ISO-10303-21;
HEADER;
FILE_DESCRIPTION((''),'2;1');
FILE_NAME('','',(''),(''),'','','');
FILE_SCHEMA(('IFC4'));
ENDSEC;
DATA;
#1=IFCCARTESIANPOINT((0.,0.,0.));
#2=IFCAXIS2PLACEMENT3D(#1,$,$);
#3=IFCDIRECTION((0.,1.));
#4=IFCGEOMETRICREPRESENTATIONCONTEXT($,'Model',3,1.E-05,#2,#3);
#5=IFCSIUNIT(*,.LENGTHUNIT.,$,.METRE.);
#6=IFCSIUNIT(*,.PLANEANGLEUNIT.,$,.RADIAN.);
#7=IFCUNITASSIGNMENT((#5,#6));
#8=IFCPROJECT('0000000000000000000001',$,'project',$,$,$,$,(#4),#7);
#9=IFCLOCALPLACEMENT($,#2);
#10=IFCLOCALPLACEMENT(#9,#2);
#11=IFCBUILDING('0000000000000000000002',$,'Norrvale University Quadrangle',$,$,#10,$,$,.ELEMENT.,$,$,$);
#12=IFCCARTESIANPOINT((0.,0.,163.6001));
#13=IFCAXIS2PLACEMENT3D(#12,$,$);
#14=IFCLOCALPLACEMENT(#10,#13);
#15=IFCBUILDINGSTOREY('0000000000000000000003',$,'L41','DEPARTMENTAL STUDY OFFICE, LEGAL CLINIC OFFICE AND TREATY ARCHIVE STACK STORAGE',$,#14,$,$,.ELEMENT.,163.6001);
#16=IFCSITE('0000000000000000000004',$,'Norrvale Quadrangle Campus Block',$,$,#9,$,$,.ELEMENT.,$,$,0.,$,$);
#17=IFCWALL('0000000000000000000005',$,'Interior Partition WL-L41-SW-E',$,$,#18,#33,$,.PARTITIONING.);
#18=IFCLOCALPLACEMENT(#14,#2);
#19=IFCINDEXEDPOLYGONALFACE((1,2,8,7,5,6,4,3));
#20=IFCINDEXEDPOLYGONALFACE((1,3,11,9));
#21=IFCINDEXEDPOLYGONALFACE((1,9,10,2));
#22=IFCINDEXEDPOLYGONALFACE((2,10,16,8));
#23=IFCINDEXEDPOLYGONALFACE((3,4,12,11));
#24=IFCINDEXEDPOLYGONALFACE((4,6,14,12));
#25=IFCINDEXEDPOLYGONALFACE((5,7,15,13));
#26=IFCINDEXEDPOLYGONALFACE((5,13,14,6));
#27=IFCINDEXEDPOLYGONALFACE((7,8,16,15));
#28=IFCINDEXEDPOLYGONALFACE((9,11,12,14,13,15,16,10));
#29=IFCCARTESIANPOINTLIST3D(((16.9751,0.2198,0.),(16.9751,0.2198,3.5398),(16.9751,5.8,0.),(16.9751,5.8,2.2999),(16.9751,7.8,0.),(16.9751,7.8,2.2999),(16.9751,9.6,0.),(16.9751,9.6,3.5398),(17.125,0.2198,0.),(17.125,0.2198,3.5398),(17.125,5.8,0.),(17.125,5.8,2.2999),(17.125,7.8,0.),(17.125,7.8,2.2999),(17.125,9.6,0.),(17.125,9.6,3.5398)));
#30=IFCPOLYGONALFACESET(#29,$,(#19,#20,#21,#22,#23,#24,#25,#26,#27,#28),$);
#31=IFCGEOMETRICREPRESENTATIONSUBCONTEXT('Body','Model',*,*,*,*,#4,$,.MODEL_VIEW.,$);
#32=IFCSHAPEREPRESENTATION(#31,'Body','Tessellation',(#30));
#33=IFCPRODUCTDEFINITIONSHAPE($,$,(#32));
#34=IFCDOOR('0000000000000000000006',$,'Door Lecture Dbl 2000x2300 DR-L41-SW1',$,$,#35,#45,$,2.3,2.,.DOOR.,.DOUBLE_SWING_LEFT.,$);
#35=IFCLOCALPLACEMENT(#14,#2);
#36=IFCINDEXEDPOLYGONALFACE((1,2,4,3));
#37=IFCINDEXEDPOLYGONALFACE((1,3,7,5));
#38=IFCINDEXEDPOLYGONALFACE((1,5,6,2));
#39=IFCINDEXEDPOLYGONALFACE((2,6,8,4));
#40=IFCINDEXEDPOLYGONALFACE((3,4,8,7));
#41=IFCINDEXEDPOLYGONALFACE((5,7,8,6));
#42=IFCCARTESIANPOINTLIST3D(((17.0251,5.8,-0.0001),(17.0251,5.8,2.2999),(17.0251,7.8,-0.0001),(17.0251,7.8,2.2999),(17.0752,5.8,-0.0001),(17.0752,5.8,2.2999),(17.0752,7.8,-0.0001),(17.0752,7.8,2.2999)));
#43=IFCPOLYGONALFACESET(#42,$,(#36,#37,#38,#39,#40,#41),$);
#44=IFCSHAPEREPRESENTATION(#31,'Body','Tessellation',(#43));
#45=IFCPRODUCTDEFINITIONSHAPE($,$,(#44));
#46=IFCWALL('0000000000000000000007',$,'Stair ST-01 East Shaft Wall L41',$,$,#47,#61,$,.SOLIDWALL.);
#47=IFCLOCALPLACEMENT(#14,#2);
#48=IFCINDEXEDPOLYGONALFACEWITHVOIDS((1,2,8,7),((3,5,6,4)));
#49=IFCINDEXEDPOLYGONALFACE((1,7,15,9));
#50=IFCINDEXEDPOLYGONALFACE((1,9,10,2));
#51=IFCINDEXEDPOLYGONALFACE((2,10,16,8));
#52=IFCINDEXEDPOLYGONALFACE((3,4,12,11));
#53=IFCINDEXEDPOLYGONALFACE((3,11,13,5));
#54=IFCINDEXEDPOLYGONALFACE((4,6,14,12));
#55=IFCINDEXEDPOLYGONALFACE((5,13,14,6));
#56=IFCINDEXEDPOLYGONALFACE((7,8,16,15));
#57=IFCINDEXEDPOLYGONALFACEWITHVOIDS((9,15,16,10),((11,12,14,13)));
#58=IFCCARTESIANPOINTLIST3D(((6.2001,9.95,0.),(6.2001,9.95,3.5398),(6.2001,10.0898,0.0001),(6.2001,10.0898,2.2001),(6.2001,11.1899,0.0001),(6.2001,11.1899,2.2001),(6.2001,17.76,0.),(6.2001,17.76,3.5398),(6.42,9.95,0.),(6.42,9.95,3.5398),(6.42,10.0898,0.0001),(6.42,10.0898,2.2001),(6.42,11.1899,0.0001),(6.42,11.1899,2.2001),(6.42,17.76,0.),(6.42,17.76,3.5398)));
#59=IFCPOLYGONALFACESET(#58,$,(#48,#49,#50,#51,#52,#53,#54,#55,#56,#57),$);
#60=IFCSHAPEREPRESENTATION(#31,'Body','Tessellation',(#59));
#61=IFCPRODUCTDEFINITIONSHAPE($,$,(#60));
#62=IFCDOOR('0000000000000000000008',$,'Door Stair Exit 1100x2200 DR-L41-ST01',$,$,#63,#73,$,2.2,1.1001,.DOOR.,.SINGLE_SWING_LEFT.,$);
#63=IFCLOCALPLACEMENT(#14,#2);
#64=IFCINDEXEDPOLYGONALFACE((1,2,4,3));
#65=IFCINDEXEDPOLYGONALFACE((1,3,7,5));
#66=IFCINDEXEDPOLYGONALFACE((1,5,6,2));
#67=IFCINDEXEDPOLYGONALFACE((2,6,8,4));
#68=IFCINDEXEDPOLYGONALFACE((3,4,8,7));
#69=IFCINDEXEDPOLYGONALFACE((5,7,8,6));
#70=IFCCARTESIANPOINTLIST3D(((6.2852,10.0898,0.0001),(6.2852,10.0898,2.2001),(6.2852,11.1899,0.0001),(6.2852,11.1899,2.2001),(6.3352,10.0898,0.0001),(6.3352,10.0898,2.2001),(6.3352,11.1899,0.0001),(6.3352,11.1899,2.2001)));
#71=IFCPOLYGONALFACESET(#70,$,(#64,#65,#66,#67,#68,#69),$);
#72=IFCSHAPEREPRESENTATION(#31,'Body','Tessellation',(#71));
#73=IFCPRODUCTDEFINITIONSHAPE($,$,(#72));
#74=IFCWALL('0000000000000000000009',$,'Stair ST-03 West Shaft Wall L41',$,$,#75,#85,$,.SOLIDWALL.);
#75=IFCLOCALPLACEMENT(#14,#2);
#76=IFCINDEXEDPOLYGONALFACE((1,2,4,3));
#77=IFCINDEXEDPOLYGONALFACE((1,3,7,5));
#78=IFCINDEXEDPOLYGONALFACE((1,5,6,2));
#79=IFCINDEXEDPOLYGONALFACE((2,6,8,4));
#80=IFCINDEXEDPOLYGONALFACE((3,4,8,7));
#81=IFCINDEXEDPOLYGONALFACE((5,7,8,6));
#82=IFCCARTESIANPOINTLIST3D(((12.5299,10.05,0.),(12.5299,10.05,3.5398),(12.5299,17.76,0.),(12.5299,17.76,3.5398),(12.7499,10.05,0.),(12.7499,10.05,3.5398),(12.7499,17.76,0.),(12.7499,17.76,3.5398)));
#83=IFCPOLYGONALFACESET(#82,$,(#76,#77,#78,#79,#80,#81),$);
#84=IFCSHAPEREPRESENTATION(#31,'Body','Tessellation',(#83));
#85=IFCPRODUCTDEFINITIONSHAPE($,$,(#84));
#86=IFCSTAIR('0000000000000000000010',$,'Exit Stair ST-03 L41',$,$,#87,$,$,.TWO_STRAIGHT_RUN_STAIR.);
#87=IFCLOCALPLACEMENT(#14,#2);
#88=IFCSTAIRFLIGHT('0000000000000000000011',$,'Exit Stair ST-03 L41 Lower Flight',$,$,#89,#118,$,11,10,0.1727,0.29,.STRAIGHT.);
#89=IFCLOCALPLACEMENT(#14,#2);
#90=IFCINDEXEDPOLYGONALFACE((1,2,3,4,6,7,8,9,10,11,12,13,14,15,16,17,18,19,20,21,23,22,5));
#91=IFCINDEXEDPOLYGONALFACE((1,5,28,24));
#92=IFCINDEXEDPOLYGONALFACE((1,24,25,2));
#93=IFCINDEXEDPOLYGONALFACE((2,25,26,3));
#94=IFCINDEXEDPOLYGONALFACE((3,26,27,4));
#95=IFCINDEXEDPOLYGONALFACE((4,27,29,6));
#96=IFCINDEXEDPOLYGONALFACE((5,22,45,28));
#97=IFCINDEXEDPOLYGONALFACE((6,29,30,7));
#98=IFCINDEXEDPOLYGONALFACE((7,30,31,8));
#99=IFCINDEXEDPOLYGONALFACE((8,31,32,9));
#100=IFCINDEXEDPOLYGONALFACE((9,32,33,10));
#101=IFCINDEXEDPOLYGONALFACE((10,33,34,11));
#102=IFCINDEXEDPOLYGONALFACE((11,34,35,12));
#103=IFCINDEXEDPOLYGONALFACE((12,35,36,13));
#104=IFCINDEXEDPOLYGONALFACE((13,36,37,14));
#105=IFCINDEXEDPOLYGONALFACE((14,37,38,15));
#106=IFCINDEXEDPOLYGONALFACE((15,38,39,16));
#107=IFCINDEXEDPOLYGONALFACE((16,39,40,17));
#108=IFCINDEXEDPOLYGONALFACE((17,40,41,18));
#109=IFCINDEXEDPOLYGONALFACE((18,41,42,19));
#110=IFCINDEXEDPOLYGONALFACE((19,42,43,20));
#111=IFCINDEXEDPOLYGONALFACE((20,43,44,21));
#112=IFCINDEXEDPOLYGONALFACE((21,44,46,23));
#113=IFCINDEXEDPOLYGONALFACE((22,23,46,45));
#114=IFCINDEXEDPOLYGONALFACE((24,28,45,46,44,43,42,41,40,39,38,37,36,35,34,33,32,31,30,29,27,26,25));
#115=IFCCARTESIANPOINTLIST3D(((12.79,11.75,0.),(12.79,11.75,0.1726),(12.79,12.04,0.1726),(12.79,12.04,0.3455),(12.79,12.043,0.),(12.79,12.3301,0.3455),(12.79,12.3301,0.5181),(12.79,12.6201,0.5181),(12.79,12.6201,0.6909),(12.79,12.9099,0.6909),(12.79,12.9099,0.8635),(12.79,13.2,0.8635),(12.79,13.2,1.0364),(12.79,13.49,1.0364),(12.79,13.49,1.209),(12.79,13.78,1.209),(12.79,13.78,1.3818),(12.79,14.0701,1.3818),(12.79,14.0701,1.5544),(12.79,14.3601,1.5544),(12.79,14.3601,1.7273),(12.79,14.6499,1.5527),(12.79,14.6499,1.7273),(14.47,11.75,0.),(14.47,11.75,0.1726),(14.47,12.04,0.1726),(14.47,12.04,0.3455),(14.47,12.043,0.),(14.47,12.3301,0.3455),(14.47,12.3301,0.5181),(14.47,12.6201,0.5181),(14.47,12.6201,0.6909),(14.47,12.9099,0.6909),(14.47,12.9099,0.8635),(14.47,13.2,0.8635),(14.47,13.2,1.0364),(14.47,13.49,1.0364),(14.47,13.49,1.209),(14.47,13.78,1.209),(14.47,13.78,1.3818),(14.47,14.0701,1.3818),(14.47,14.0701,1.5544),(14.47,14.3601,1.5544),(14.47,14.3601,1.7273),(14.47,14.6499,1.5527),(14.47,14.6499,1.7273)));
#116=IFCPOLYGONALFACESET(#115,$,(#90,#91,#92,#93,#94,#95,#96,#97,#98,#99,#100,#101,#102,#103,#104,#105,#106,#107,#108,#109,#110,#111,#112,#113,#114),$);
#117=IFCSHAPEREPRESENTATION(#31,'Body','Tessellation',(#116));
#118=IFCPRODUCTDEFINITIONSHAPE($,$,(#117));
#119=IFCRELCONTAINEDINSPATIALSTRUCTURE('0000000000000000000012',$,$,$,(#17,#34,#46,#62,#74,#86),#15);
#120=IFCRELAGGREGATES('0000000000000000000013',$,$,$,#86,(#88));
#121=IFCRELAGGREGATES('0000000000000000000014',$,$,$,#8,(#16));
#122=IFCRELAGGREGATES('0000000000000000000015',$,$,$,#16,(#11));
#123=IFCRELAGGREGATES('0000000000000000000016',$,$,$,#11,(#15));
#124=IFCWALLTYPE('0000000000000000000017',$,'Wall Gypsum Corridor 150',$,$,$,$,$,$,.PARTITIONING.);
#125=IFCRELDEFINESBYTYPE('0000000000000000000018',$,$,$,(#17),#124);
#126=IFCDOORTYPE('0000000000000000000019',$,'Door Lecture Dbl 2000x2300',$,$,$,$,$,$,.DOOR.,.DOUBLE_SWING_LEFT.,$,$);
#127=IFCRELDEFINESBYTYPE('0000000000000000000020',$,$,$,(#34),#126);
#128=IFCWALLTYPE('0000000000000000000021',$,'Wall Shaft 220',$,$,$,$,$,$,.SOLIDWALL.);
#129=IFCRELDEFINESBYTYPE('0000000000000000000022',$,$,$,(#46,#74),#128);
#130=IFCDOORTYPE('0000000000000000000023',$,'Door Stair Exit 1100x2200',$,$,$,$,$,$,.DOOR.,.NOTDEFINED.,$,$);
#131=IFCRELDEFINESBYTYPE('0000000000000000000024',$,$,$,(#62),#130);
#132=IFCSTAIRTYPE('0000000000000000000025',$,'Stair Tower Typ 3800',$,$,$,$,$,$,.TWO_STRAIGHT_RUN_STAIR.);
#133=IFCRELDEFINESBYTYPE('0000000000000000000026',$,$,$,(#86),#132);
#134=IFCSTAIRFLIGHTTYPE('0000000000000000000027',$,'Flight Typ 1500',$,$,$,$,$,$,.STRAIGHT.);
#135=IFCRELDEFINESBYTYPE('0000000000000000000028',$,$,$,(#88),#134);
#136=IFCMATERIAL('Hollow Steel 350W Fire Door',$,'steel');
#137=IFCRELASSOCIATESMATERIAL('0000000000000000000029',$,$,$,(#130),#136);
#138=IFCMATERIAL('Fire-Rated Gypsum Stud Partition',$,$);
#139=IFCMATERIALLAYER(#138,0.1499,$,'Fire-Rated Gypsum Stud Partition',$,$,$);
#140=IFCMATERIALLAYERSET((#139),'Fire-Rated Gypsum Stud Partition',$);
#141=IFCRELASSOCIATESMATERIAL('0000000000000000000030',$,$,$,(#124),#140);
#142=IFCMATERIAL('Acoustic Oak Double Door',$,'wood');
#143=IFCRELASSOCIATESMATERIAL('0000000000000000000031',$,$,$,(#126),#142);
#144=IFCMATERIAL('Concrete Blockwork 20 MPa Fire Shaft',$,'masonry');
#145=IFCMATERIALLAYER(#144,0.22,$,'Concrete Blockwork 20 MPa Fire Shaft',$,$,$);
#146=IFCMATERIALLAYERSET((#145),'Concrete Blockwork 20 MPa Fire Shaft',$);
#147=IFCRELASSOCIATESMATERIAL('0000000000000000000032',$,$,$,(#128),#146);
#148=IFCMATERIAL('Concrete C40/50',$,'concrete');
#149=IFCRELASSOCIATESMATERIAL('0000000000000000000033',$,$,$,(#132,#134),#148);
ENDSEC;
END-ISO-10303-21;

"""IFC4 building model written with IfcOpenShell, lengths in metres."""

from ifc_helpers import new_model, si_unit, direction, frame, frame_2d, origin, place, context, subcontext, project, spatial, polyline, rectangle, outline, extrude, material, layer, layer_set, type_object, element, fill, aggregate, save


model = new_model("IFC4")

# Units and contexts
model_context = context("Model", 3, precision=1e-05, world=origin(), true_north=direction((0.0, 1.0)))
body_context = subcontext(model_context, "Body", "Model", "MODEL_VIEW")
ifc_project = project(units=[si_unit("LENGTHUNIT", "METRE"), si_unit("PLANEANGLEUNIT", "RADIAN")], contexts=[model_context])

# Site, building, storey
site_placement = place(None, origin())
site = spatial("IfcSite", under=ifc_project, at=site_placement, Name="Norrvale Quadrangle Campus Block", CompositionType="ELEMENT", RefElevation=0.0)
building_placement = place(site_placement, origin())
building = spatial("IfcBuilding", under=site, at=building_placement, Name="Norrvale University Quadrangle", CompositionType="ELEMENT")
storey_placement = place(building_placement, frame((0.0, 0.0, 163.6001)))
storey = spatial("IfcBuildingStorey", under=building, at=storey_placement, Name="L41", Description="DEPARTMENTAL STUDY OFFICE, LEGAL CLINIC OFFICE AND TREATY ARCHIVE STACK STORAGE", CompositionType="ELEMENT", Elevation=163.6001)

# Shared definitions
ifc_material_1 = material(Name="Hollow Steel 350W Fire Door", Category="steel")
door_type_1 = type_object("IfcDoorType", Name="Door Stair Exit 1100x2200", OperationType="NOTDEFINED", PredefinedType="DOOR", material=ifc_material_1)

# Shared definitions
ifc_material_2 = material(Name="Fire-Rated Gypsum Stud Partition")
ifc_layer_1 = layer(ifc_material_2, 0.1499, Name="Fire-Rated Gypsum Stud Partition")
ifc_layer_set_1 = layer_set([ifc_layer_1], Name="Fire-Rated Gypsum Stud Partition")
wall_type_1 = type_object("IfcWallType", Name="Wall Gypsum Corridor 150", PredefinedType="PARTITIONING", material=ifc_layer_set_1)

# Walls, openings, doors
wall_1_placement = place(storey_placement, frame((17.05, 0.22, 0.0), z_axis=(0.0, 0.0, 1.0), x_axis=(0.0, 1.0, 0.0)))
wall_1 = element("IfcWall", 1, at=wall_1_placement, inside=storey, type_object=wall_type_1, Name="Interior Partition WL-L41-SW-E", PredefinedType="PARTITIONING", context=body_context, shape_type="SweptSolid", body=[
    extrude(rectangle(XDim=9.3801, YDim=0.1499, at=frame_2d((4.6899, 0.0))), origin(), (0.0, 0.0, 1.0), 3.5398),
])
opening_1_placement = place(wall_1_placement, frame((5.5801, 0.0, 0.0)))
opening_1 = element("IfcOpeningElement", 2, at=opening_1_placement, cuts=wall_1, PredefinedType="OPENING", context=body_context, shape_type="SweptSolid", body=[
    extrude(rectangle(XDim=2.0, YDim=2.3, at=frame_2d((1.0, 1.1499))), frame((0.0, 0.0869, 0.0), z_axis=(0.0, -1.0, 0.0), x_axis=(1.0, 0.0, 0.0)), (0.0, 0.0, 1.0), 0.1738),
])
ifc_material_3 = material(Name="Acoustic Oak Double Door", Category="wood")
door_type_2 = type_object("IfcDoorType", Name="Door Lecture Dbl 2000x2300", OperationType="DOUBLE_SWING_LEFT", PredefinedType="DOOR", material=ifc_material_3)
door_1_placement = place(opening_1_placement, origin())
door_1 = element("IfcDoor", 3, at=door_1_placement, inside=storey, type_object=door_type_2, Name="Door Lecture Dbl 2000x2300 DR-L41-SW1", OperationType="DOUBLE_SWING_LEFT", OverallHeight=2.3, OverallWidth=2.0, PredefinedType="DOOR", context=body_context, shape_type="SweptSolid", body=[
    extrude(rectangle(XDim=2.0, YDim=2.3, at=frame_2d((1.0, 1.1499))), frame((0.0, 0.0249, 0.0), z_axis=(0.0, -1.0, 0.0), x_axis=(1.0, 0.0, 0.0)), (0.0, 0.0, 1.0), 0.05),
])
fill(opening_1, door_1)
ifc_material_4 = material(Name="Concrete Blockwork 20 MPa Fire Shaft", Category="masonry")
ifc_layer_2 = layer(ifc_material_4, 0.22, Name="Concrete Blockwork 20 MPa Fire Shaft")
ifc_layer_set_2 = layer_set([ifc_layer_2], Name="Concrete Blockwork 20 MPa Fire Shaft")
wall_type_2 = type_object("IfcWallType", Name="Wall Shaft 220", PredefinedType="SOLIDWALL", material=ifc_layer_set_2)
wall_2_placement = place(storey_placement, frame((6.3101, 9.95, 0.0), z_axis=(0.0, 0.0, 1.0), x_axis=(0.0, 1.0, 0.0)))
wall_2 = element("IfcWall", 4, at=wall_2_placement, inside=storey, type_object=wall_type_2, Name="Stair ST-01 East Shaft Wall L41", PredefinedType="SOLIDWALL", context=body_context, shape_type="SweptSolid", body=[
    extrude(rectangle(XDim=7.8101, YDim=0.22, at=frame_2d((3.905, 0.0))), origin(), (0.0, 0.0, 1.0), 3.5398),
])
opening_2_placement = place(wall_2_placement, frame((0.1399, 0.0, 0.0)))
opening_2 = element("IfcOpeningElement", 5, at=opening_2_placement, cuts=wall_2, PredefinedType="OPENING", context=body_context, shape_type="SweptSolid", body=[
    extrude(rectangle(XDim=1.1001, YDim=2.2, at=frame_2d((0.55, 1.1001))), frame((0.0, 0.1221, 0.0), z_axis=(0.0, -1.0, 0.0), x_axis=(1.0, 0.0, 0.0)), (0.0, 0.0, 1.0), 0.2439),
])
door_2_placement = place(opening_2_placement, origin())
door_2 = element("IfcDoor", 6, at=door_2_placement, inside=storey, type_object=door_type_1, Name="Door Stair Exit 1100x2200 DR-L41-ST01", OperationType="SINGLE_SWING_LEFT", OverallHeight=2.2, OverallWidth=1.1001, PredefinedType="DOOR", context=body_context, shape_type="SweptSolid", body=[
    extrude(rectangle(XDim=1.1001, YDim=2.2, at=frame_2d((0.55, 1.1001))), frame((0.0, 0.0249, 0.0), z_axis=(0.0, -1.0, 0.0), x_axis=(1.0, 0.0, 0.0)), (0.0, 0.0, 1.0), 0.05),
])
fill(opening_2, door_2)

# Wall
wall_3_placement = place(storey_placement, frame((12.6399, 10.05, 0.0), z_axis=(0.0, 0.0, 1.0), x_axis=(0.0, 1.0, 0.0)))
element("IfcWall", 7, at=wall_3_placement, inside=storey, type_object=wall_type_2, Name="Stair ST-03 West Shaft Wall L41", PredefinedType="SOLIDWALL", context=body_context, shape_type="SweptSolid", body=[
    extrude(rectangle(XDim=7.71, YDim=0.22, at=frame_2d((3.855, 0.0))), origin(), (0.0, 0.0, 1.0), 3.5398),
])

# Stair, stair flight
ifc_material_5 = material(Name="Concrete C40/50", Category="concrete")
stair_type = type_object("IfcStairType", Name="Stair Tower Typ 3800", PredefinedType="TWO_STRAIGHT_RUN_STAIR", material=ifc_material_5)
stair_placement = place(storey_placement, origin())
stair = element("IfcStair", 8, at=stair_placement, inside=storey, type_object=stair_type, Name="Exit Stair ST-03 L41", PredefinedType="TWO_STRAIGHT_RUN_STAIR")
stair_flight_type = type_object("IfcStairFlightType", Name="Flight Typ 1500", PredefinedType="STRAIGHT", material=ifc_material_5)
stair_flight_placement = place(storey_placement, frame((13.6299, 11.75, 0.0), z_axis=(0.0, 0.0, 1.0), x_axis=(0.0, 1.0, 0.0)))
stair_flight = element("IfcStairFlight", 9, at=stair_flight_placement, type_object=stair_flight_type, Name="Exit Stair ST-03 L41 Lower Flight", NumberOfRisers=11, NumberOfTreads=10, PredefinedType="STRAIGHT", RiserHeight=0.1727, TreadLength=0.29, context=body_context, shape_type="SweptSolid", body=[
    extrude(outline(polyline([(0.0, 0.0), (0.0, 0.1726), (0.29, 0.1726), (0.29, 0.3455), (0.5801, 0.3455), (0.5801, 0.5181), (0.8701, 0.5181), (0.8701, 0.6909), (1.1599, 0.6909), (1.1599, 0.8635), (1.45, 0.8635), (1.45, 1.0364), (1.74, 1.0364), (1.74, 1.209), (2.03, 1.209), (2.03, 1.3818), (2.3201, 1.3818), (2.3201, 1.5544), (2.6101, 1.5544), (2.6101, 1.7273), (2.8999, 1.7273), (2.8999, 1.8999), (2.8999, 1.5527), (0.293, 0.0), (0.0, 0.0)])), frame((0.0, 0.8398, 0.0), z_axis=(0.0, -1.0, 0.0), x_axis=(1.0, 0.0, 0.0)), (0.0, 0.0, 1.0), 1.6799),
])
aggregate(stair, [stair_flight])

save(model, "model.ifc")
